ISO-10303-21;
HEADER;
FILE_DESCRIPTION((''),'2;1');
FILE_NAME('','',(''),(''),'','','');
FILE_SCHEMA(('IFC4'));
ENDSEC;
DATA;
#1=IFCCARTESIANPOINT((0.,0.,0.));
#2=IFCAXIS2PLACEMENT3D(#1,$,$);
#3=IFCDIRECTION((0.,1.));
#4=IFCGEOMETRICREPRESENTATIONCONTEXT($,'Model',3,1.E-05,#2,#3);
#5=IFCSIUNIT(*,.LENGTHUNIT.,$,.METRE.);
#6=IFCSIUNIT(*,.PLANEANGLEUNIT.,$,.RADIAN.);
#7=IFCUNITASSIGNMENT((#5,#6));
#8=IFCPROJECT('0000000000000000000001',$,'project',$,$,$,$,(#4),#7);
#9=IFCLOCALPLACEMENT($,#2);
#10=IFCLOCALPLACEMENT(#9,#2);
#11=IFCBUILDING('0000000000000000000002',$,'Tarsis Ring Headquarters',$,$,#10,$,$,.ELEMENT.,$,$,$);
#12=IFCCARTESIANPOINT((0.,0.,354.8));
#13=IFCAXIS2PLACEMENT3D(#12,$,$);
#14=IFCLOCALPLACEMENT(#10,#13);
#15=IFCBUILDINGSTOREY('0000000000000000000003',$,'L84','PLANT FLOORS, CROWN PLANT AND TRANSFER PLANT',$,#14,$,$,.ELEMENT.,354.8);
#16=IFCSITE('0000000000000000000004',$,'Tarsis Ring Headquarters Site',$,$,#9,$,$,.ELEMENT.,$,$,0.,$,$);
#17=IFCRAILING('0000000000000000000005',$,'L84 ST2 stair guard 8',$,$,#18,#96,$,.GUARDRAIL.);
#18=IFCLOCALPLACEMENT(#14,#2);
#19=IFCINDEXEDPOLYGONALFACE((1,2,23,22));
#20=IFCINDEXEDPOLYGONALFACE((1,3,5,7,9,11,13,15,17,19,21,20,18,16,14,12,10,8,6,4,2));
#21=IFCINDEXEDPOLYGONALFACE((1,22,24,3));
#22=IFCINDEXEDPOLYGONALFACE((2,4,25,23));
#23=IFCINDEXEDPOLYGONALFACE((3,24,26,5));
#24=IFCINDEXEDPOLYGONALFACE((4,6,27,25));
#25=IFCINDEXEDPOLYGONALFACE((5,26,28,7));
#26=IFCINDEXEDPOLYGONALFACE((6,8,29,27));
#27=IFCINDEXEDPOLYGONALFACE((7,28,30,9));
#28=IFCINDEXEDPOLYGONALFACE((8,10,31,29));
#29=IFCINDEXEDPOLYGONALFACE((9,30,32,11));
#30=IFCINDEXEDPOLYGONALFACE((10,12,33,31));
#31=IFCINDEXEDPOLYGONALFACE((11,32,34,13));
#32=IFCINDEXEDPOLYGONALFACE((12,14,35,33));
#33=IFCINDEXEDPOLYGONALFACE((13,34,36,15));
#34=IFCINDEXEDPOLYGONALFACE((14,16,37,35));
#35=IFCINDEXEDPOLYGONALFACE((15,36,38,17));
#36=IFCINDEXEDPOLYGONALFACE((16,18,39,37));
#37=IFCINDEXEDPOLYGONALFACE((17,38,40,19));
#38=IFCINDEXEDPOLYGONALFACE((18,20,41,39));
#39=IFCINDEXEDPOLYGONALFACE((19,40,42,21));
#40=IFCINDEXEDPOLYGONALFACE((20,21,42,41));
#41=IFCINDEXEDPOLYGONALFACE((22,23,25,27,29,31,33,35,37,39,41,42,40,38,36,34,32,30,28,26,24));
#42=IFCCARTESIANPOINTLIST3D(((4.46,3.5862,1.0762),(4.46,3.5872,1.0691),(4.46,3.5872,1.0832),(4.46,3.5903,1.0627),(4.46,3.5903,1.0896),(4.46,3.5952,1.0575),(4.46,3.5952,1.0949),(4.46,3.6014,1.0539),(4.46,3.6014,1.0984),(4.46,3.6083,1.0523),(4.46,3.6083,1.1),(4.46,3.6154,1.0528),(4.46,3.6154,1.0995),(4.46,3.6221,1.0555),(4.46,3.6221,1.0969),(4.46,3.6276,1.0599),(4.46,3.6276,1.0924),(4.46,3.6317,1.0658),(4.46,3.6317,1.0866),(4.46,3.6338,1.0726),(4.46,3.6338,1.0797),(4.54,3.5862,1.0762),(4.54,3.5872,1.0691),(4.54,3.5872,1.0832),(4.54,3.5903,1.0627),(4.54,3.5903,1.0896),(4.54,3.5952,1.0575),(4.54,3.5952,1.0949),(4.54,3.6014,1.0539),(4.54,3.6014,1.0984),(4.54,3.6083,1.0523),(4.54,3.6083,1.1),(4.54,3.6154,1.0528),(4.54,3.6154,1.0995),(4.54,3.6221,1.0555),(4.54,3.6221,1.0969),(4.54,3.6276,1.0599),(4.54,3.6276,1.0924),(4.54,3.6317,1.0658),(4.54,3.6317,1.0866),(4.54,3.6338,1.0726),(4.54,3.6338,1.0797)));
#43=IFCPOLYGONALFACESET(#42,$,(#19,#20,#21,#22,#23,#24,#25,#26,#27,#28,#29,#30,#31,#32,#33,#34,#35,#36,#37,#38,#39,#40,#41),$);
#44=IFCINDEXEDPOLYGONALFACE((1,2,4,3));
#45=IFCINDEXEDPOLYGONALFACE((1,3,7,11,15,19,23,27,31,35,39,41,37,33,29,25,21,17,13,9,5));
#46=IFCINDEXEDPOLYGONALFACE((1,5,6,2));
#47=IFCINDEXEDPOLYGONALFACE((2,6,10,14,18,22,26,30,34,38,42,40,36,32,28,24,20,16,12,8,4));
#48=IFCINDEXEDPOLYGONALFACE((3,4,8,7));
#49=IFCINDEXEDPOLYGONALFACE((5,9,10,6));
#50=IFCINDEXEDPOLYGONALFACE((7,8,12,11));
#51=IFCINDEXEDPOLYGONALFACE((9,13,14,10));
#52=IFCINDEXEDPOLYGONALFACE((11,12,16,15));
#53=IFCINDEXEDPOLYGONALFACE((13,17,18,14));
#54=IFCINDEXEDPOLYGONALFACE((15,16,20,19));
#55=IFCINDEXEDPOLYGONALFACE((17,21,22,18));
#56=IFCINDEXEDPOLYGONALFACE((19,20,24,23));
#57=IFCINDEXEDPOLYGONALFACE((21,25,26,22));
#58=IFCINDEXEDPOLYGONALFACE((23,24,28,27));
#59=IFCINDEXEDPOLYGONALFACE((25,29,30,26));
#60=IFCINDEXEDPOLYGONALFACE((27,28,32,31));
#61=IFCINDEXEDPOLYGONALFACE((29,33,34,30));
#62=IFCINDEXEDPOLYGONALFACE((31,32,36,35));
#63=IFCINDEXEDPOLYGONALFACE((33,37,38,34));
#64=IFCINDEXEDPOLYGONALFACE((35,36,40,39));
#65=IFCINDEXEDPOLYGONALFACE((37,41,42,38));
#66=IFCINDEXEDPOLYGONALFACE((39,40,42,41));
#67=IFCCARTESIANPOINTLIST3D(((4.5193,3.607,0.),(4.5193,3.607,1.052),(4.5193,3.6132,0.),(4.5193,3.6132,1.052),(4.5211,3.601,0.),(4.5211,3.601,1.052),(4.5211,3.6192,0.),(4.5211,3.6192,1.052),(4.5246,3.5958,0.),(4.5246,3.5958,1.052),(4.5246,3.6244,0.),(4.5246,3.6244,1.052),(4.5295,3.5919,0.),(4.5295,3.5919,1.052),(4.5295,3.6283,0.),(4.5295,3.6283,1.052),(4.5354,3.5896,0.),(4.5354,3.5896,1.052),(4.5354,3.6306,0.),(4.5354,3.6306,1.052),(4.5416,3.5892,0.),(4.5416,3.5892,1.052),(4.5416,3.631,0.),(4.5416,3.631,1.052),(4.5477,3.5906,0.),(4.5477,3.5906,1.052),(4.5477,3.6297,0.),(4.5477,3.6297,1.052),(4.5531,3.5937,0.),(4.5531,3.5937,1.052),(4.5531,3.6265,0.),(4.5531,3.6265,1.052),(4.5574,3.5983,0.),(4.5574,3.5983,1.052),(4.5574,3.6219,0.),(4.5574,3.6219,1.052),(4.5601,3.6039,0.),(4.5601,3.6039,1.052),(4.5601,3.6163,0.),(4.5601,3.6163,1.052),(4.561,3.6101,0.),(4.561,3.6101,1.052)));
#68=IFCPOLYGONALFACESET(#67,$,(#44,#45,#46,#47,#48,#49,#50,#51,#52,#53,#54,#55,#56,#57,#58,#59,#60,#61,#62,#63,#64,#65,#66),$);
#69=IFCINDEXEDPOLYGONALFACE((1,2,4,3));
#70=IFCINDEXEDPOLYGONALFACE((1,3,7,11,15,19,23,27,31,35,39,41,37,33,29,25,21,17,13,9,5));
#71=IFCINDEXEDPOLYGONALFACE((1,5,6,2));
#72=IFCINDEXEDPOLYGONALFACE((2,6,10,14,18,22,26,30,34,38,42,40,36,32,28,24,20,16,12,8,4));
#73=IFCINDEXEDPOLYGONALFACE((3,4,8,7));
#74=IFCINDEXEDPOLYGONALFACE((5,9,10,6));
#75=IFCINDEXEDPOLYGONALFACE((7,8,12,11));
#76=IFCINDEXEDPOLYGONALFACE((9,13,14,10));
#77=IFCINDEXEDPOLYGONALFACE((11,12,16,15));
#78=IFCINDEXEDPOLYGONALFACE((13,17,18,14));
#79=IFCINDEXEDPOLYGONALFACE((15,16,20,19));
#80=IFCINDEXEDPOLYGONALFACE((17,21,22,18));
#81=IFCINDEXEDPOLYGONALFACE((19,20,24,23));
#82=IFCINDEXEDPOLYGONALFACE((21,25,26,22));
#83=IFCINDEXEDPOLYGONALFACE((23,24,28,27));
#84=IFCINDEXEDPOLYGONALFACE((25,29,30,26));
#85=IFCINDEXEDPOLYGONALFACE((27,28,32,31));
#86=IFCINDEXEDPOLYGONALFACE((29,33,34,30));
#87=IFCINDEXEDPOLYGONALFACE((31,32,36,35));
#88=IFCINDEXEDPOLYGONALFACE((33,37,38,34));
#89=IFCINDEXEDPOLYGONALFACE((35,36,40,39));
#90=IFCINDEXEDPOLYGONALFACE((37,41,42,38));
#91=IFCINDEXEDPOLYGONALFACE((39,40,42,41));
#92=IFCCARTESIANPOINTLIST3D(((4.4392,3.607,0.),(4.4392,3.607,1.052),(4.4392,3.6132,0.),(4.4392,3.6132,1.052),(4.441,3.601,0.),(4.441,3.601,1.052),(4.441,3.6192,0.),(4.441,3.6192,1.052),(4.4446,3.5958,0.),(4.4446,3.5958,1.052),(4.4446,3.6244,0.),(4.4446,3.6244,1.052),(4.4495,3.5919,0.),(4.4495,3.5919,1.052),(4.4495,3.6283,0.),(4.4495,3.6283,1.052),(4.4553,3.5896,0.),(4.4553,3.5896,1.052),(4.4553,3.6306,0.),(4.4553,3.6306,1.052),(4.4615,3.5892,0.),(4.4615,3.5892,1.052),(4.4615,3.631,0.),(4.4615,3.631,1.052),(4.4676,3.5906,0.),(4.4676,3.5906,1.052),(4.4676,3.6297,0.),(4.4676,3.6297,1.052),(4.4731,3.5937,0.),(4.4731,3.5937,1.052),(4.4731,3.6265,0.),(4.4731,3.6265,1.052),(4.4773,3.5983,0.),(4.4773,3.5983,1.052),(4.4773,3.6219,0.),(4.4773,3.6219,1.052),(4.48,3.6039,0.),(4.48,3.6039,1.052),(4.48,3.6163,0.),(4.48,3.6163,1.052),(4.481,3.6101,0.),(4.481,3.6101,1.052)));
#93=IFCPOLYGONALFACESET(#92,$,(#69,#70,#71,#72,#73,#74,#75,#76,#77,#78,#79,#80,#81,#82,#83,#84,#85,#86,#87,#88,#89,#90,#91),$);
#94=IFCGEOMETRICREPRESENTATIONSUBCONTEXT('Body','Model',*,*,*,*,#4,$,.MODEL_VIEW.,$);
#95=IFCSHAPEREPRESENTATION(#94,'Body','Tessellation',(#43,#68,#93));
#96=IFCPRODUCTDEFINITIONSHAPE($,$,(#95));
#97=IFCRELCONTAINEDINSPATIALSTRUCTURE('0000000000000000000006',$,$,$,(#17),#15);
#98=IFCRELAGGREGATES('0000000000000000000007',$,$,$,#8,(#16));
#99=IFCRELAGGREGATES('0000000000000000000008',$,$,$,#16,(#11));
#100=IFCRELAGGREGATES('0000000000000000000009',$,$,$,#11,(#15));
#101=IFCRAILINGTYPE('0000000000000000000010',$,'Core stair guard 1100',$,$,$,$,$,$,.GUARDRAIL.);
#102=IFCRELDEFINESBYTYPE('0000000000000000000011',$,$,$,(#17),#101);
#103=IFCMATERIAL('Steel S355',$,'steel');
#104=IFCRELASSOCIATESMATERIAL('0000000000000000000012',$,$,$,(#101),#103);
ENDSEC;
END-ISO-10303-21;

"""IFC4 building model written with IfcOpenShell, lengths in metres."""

from ifc_helpers import new_model, si_unit, direction, frame, origin, origin_2d, place, context, subcontext, project, spatial, circle, extrude, material, type_object, element, save


model = new_model("IFC4")

# Units and contexts
model_context = context("Model", 3, precision=1e-05, world=origin(), true_north=direction((0.0, 1.0)))
body_context = subcontext(model_context, "Body", "Model", "MODEL_VIEW")
ifc_project = project(units=[si_unit("LENGTHUNIT", "METRE"), si_unit("PLANEANGLEUNIT", "RADIAN")], contexts=[model_context])

# Site, building, storey
site_placement = place(None, origin())
site = spatial("IfcSite", under=ifc_project, at=site_placement, Name="Tarsis Ring Headquarters Site", CompositionType="ELEMENT", RefElevation=0.0)
building_placement = place(site_placement, origin())
building = spatial("IfcBuilding", under=site, at=building_placement, Name="Tarsis Ring Headquarters", CompositionType="ELEMENT")
storey_placement = place(building_placement, frame((0.0, 0.0, 354.8)))
storey = spatial("IfcBuildingStorey", under=building, at=storey_placement, Name="L84", Description="PLANT FLOORS, CROWN PLANT AND TRANSFER PLANT", CompositionType="ELEMENT", Elevation=354.8)

# Railing
ifc_material_1 = material(Name="Steel S355", Category="steel")
railing_type_1 = type_object("IfcRailingType", Name="Core stair guard 1100", PredefinedType="GUARDRAIL", material=ifc_material_1)
railing_1_placement = place(storey_placement, frame((4.54, 3.6101, 0.0)))
element("IfcRailing", 1, at=railing_1_placement, inside=storey, type_object=railing_type_1, Name="L84 ST2 stair guard 8", PredefinedType="GUARDRAIL", context=body_context, shape_type="SweptSolid", body=[
    extrude(circle(Radius=0.0239, at=origin_2d()), frame((0.0, 0.0, 1.0762), z_axis=(-1.0, 0.0, 0.0), x_axis=(0.0, -1.0, 0.0)), (0.0, 0.0, 1.0), 0.0801),
    extrude(circle(Radius=0.021, at=origin_2d()), origin(), (0.0, 0.0, 1.0), 1.052),
    extrude(circle(Radius=0.021, at=origin_2d()), frame((-0.0801, 0.0, 0.0)), (0.0, 0.0, 1.0), 1.052),
])

save(model, "model.ifc")
